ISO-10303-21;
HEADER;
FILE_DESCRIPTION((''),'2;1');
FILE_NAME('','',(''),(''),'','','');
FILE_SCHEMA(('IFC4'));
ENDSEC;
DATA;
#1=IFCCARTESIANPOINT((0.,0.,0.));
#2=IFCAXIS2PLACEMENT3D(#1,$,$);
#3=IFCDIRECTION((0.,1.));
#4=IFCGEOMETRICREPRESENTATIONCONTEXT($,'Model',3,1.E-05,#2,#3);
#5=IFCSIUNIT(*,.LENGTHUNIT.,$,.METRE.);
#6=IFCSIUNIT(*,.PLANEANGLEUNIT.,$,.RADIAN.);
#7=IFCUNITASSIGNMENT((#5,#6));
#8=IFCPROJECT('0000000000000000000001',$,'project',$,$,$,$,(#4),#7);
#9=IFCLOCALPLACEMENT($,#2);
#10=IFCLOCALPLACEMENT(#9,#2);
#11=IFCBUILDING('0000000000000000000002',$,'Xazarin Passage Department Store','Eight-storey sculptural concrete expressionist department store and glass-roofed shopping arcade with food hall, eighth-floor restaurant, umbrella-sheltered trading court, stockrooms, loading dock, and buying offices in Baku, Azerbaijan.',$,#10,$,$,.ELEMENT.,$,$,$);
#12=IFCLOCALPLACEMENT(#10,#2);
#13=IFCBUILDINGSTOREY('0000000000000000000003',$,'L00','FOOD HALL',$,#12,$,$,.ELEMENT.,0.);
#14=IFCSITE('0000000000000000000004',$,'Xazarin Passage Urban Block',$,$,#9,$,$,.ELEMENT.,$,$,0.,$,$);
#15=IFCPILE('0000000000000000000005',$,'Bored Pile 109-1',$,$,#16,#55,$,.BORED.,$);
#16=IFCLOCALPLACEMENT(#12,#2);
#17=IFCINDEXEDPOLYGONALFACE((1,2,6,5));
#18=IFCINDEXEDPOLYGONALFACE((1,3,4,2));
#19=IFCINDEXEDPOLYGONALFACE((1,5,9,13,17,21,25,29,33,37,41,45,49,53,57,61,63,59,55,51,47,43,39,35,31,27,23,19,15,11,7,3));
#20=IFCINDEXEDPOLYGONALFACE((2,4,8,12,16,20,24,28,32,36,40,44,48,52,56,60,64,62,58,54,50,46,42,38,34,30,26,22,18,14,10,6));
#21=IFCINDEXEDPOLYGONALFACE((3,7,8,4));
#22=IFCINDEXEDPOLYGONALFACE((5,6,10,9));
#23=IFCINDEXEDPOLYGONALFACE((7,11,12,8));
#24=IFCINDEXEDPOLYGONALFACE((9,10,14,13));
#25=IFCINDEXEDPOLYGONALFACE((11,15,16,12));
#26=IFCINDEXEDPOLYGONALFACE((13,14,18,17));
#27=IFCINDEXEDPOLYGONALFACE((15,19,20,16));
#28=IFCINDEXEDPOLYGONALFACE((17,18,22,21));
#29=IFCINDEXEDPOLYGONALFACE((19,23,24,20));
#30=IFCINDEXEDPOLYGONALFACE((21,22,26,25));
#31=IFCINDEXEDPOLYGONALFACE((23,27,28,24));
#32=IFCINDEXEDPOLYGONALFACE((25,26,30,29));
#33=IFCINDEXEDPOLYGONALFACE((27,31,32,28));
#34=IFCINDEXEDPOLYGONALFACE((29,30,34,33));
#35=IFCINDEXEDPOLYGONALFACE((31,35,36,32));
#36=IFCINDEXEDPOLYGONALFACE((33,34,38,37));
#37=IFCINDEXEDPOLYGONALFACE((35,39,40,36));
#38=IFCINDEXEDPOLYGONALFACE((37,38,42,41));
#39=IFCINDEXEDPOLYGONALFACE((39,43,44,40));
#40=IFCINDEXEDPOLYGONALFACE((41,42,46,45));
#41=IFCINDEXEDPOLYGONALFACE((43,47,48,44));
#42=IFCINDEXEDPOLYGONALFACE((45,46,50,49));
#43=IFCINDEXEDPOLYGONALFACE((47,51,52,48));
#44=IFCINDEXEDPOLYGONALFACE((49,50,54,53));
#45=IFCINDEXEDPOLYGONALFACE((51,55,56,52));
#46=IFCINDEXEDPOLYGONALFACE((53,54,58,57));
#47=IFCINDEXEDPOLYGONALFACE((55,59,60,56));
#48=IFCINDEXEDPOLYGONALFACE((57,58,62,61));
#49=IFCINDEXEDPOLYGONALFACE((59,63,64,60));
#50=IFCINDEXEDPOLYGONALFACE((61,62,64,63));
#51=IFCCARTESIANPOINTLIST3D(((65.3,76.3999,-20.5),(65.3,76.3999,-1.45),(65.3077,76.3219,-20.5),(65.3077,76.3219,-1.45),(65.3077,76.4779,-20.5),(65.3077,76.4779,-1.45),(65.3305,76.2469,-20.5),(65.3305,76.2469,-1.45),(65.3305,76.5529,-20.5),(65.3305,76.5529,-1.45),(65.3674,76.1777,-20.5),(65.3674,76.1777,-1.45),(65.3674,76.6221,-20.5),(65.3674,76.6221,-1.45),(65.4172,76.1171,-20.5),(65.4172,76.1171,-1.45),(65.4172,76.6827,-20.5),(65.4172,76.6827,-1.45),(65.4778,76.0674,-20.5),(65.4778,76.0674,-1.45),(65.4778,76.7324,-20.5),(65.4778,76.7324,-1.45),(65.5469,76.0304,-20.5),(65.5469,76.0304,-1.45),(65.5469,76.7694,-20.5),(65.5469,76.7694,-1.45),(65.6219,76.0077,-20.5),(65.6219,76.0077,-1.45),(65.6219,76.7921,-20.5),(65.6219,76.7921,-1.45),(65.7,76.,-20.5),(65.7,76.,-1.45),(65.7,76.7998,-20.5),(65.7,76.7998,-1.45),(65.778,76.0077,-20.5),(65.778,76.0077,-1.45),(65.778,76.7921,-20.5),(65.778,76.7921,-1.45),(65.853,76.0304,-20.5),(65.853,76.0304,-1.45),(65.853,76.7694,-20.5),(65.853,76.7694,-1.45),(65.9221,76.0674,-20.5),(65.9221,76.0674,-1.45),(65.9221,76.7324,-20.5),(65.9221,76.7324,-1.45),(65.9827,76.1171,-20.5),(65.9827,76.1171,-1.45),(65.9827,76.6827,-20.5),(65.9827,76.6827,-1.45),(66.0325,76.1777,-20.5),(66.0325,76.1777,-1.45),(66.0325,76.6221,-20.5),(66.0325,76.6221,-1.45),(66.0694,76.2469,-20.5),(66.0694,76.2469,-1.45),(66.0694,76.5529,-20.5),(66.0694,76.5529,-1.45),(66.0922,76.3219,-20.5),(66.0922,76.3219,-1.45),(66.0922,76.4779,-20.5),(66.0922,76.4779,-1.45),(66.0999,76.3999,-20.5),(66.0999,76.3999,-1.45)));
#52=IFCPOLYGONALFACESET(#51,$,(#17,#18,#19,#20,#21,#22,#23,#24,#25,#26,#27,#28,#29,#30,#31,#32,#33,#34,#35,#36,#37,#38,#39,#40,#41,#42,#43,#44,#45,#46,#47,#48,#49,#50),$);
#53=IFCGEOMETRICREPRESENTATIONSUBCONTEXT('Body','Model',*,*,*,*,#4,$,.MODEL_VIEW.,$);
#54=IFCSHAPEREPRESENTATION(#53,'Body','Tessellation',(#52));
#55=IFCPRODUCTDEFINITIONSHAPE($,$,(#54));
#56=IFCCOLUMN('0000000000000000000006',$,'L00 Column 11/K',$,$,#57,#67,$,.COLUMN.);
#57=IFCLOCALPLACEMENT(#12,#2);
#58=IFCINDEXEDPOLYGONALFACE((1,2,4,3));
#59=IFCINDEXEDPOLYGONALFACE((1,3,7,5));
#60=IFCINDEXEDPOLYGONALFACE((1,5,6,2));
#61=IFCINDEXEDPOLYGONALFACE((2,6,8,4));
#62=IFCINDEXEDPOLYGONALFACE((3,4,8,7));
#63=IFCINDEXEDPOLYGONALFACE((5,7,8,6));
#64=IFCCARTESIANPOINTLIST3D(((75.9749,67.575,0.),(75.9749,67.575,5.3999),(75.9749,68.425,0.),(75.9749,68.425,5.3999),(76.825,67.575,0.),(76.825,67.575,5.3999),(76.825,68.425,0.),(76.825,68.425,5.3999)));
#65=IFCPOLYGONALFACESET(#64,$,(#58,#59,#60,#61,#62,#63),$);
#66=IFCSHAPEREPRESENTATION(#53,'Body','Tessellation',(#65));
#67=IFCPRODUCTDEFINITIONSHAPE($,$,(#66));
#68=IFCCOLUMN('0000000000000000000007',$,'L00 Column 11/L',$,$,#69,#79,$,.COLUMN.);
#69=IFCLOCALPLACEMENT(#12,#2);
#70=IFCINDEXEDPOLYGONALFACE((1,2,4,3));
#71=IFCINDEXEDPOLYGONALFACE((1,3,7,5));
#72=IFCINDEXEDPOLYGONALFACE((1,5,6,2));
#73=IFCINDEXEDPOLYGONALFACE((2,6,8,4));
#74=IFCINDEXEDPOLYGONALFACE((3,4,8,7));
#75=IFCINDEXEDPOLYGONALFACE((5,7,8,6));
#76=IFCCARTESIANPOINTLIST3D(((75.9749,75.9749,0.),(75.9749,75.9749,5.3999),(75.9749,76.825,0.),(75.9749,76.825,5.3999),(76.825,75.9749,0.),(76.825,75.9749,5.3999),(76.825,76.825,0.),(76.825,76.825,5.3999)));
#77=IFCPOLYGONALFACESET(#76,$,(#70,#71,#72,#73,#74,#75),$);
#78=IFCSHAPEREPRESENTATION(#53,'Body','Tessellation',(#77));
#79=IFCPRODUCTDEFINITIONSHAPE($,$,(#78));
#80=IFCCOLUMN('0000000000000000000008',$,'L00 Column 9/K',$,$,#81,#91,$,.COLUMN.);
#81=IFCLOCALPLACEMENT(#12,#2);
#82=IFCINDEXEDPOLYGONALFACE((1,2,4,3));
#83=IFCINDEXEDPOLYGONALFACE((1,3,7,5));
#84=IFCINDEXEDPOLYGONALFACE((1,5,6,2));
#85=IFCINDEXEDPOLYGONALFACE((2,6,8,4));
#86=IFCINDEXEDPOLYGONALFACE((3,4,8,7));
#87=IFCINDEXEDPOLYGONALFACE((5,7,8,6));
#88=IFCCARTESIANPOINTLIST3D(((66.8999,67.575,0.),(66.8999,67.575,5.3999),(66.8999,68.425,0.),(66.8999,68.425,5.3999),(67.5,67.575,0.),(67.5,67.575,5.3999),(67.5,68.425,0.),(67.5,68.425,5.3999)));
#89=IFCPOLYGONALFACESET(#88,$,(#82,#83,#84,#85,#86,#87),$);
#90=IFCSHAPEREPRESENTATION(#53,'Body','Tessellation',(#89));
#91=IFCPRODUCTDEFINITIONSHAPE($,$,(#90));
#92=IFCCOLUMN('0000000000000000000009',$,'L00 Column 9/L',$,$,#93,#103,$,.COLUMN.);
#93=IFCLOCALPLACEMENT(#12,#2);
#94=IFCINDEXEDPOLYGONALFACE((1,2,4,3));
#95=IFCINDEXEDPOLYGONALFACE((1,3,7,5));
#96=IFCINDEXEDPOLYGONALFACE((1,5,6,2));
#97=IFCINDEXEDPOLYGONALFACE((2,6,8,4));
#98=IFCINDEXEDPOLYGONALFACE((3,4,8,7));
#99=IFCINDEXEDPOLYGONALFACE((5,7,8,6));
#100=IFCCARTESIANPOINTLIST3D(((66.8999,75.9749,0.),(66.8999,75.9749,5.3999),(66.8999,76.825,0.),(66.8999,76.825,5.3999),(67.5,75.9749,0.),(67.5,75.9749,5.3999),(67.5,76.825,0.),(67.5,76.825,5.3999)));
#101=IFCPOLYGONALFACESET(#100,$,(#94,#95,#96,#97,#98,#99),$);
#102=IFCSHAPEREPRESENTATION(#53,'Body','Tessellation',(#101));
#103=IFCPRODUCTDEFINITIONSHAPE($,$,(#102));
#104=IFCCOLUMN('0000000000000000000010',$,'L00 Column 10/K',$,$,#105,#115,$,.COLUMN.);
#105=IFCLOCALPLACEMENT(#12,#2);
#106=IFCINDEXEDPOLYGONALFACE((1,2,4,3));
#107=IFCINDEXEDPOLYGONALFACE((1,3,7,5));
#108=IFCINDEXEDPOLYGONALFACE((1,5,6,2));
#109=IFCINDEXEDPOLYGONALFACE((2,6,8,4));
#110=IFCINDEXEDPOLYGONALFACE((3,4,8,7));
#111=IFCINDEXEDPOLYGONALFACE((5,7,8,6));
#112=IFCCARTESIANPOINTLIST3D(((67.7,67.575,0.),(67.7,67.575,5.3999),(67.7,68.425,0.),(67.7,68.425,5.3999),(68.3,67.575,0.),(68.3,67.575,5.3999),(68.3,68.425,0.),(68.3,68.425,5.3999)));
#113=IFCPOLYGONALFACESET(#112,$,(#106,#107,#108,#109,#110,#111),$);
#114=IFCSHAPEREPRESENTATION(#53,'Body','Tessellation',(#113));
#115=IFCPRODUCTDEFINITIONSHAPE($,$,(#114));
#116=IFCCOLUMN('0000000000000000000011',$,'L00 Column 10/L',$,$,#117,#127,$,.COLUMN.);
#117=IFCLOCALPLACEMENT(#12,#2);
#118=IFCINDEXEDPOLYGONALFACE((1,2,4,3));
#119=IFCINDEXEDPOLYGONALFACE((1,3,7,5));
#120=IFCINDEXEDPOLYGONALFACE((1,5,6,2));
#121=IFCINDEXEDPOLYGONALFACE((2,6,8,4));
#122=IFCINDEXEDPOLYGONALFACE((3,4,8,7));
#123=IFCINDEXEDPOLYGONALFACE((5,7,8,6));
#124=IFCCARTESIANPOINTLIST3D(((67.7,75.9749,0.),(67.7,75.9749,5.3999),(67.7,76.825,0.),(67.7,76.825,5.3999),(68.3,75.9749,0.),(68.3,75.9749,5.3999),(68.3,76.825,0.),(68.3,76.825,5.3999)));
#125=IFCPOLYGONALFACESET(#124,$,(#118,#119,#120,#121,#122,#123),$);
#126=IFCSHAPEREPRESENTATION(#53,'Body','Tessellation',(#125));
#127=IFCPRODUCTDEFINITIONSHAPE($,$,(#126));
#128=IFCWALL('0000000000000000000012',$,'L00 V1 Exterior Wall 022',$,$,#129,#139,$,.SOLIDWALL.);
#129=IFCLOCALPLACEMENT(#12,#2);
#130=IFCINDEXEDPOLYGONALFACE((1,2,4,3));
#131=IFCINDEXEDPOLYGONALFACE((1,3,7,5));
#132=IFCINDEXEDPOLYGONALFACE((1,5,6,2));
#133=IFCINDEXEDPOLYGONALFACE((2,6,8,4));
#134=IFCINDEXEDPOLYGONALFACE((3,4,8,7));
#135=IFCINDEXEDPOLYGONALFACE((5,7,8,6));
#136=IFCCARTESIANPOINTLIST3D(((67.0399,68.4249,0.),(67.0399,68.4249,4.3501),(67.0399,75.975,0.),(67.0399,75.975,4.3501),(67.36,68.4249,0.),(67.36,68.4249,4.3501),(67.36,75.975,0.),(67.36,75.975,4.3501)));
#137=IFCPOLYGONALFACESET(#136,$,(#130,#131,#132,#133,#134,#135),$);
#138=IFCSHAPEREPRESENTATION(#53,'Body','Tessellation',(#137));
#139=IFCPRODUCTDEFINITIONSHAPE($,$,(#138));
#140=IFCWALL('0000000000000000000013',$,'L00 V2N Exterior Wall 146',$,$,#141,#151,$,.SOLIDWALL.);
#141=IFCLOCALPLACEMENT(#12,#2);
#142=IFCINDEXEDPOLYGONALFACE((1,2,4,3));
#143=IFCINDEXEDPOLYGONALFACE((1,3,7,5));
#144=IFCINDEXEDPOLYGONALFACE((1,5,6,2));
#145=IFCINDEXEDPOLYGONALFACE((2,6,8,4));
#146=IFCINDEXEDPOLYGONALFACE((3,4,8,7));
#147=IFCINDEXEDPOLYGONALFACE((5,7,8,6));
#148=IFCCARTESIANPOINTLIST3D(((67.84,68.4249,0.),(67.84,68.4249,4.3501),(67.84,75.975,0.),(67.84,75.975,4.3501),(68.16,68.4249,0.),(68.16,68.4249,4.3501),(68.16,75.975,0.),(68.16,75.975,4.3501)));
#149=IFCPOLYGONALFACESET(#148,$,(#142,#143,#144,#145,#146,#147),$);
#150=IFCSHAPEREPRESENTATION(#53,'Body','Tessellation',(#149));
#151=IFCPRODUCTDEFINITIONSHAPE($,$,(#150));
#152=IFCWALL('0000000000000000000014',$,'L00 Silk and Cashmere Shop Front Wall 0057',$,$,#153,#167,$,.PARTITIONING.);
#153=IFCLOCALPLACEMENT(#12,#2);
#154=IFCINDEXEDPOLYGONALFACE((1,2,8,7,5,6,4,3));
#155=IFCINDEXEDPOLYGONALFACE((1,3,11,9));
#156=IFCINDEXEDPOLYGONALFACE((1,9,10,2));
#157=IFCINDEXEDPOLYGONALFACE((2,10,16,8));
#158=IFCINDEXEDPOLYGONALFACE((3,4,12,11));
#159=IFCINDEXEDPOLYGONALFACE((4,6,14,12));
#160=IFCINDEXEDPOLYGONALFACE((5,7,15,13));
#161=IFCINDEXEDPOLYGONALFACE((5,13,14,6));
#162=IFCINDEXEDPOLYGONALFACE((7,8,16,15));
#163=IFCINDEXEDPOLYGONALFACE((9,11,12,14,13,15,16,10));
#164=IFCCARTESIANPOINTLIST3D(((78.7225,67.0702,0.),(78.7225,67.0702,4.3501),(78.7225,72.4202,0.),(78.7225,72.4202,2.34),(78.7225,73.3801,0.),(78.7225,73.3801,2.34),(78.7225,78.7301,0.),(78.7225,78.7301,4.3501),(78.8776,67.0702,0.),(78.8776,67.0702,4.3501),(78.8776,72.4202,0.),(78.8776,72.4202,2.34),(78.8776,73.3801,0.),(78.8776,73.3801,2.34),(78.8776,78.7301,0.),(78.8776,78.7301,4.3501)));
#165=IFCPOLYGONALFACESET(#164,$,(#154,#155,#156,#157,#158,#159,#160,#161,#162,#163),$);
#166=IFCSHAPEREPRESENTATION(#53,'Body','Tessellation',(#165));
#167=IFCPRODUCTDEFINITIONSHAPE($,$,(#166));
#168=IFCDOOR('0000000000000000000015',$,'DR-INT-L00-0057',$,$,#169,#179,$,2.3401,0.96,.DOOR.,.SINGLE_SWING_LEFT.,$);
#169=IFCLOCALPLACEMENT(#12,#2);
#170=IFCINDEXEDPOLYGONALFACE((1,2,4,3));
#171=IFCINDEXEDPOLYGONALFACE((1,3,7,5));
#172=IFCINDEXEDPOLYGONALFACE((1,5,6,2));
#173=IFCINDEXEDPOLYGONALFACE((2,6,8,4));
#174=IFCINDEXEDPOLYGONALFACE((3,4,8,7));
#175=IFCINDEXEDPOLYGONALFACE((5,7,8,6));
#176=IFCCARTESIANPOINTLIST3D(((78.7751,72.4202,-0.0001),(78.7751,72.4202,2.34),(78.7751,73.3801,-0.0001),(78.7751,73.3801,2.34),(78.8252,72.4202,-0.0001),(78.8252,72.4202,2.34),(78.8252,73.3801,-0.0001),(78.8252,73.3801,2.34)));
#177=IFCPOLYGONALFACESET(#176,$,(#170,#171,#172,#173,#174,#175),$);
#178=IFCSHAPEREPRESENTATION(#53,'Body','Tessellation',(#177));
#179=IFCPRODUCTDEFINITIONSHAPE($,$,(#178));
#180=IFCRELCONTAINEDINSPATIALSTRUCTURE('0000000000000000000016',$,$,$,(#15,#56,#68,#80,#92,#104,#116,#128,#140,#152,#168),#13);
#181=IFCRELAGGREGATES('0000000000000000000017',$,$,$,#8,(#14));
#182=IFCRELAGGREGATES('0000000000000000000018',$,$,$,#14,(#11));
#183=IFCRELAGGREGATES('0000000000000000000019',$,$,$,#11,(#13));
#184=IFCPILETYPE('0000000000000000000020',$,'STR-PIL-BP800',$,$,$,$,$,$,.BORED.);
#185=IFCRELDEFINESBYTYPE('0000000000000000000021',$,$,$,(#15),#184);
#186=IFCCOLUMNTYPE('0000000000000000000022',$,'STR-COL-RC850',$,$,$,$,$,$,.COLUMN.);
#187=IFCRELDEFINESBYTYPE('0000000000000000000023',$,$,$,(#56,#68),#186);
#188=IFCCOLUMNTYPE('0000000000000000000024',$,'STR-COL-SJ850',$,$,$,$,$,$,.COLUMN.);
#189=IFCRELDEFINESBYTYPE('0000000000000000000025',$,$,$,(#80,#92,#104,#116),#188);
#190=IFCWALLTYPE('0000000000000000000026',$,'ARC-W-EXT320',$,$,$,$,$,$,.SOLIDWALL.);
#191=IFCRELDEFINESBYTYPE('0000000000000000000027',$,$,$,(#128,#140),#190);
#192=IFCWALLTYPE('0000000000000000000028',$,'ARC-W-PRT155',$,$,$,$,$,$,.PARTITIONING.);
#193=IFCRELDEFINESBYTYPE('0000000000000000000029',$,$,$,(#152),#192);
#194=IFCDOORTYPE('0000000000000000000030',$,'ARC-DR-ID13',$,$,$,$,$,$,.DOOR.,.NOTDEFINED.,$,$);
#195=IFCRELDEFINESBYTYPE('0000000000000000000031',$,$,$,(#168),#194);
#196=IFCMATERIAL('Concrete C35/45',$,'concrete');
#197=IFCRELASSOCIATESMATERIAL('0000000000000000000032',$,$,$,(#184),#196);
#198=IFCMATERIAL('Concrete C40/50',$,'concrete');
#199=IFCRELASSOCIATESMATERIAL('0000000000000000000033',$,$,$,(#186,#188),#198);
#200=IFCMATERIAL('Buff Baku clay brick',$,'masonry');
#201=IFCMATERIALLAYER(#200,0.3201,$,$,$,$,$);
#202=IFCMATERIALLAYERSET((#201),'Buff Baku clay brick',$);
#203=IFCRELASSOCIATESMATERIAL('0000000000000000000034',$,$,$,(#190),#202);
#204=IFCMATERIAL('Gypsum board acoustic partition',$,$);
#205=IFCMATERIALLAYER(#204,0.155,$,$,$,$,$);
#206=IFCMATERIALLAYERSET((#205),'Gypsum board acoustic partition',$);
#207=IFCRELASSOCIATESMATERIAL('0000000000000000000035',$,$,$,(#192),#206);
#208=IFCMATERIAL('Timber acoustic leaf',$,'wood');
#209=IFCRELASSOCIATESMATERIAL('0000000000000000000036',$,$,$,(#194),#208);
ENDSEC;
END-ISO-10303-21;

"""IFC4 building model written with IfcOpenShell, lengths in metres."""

from ifc_helpers import new_model, si_unit, direction, frame, frame_2d, origin, origin_2d, place, context, subcontext, project, spatial, rectangle, circle, extrude, material, layer, layer_set, material_profile, profile_set, type_object, element, fill, save


model = new_model("IFC4")

# Units and contexts
model_context = context("Model", 3, precision=1e-05, world=origin(), true_north=direction((0.0, 1.0)))
body_context = subcontext(model_context, "Body", "Model", "MODEL_VIEW")
ifc_project = project(units=[si_unit("LENGTHUNIT", "METRE"), si_unit("PLANEANGLEUNIT", "RADIAN")], contexts=[model_context])

# Site, building, storey
site_placement = place(None, origin())
site = spatial("IfcSite", under=ifc_project, at=site_placement, Name="Xazarin Passage Urban Block", CompositionType="ELEMENT", RefElevation=0.0)
building_placement = place(site_placement, origin())
building = spatial("IfcBuilding", under=site, at=building_placement, Name="Xazarin Passage Department Store", Description="Eight-storey sculptural concrete expressionist department store and glass-roofed shopping arcade with food hall, eighth-floor restaurant, umbrella-sheltered trading court, stockrooms, loading dock, and buying offices in Baku, Azerbaijan.", CompositionType="ELEMENT")
storey_placement = place(building_placement, origin())
storey = spatial("IfcBuildingStorey", under=building, at=storey_placement, Name="L00", Description="FOOD HALL", CompositionType="ELEMENT", Elevation=0.0)

# Shared definitions
ifc_material_1 = material(Name="Concrete C35/45", Category="concrete")

# Pile
ifc_material_profile_1 = material_profile(ifc_material_1, circle(Radius=0.3999, at=origin_2d()), Name="BP 800")
ifc_profile_set_1 = profile_set([ifc_material_profile_1], Name="Concrete C35/45")
pile_type_1 = type_object("IfcPileType", Name="STR-PIL-BP800", PredefinedType="BORED", material=ifc_profile_set_1)
pile_1_placement = place(storey_placement, frame((65.7, 76.3999, -1.45), z_axis=(0.0, 0.0, -1.0), x_axis=(1.0, 0.0, 0.0)))
element("IfcPile", 1, at=pile_1_placement, inside=storey, type_object=pile_type_1, Name="Bored Pile 109-1", PredefinedType="BORED", context=body_context, shape_type="SweptSolid", body=[
    extrude(circle(Radius=0.3999, at=origin_2d()), origin(), (0.0, 0.0, 1.0), 19.05),
])

# Columns
ifc_material_2 = material(Name="Concrete C40/50", Category="concrete")
ifc_material_profile_2 = material_profile(ifc_material_2, rectangle(XDim=0.8501, YDim=0.8501, at=origin_2d()), Name="RC 850x850")
ifc_profile_set_2 = profile_set([ifc_material_profile_2], Name="Concrete C40/50")
column_type_1 = type_object("IfcColumnType", Name="STR-COL-RC850", PredefinedType="COLUMN", material=ifc_profile_set_2)
for number, where, z_axis, x_axis, name in (
    (2, (76.3999, 68.0, 0.0), (0.0, 0.0, 1.0), (1.0, 0.0, 0.0), "L00 Column 11/K"),
    (3, (76.3999, 76.3999, 0.0), (0.0, 0.0, 1.0), (1.0, 0.0, 0.0), "L00 Column 11/L"),
):
    element("IfcColumn", number, at=place(storey_placement, frame(where, z_axis=z_axis, x_axis=x_axis)), inside=storey, type_object=column_type_1, Name=name, PredefinedType="COLUMN", context=body_context, shape_type="SweptSolid", body=[
        extrude(rectangle(XDim=0.8501, YDim=0.8501, at=origin_2d()), origin(), (0.0, 0.0, 1.0), 5.3999),
    ])
ifc_material_profile_3 = material_profile(ifc_material_2, rectangle(XDim=0.6001, YDim=0.8501, at=origin_2d()), Name="RC 600x850")
ifc_profile_set_3 = profile_set([ifc_material_profile_3], Name="Concrete C40/50")
column_type_2 = type_object("IfcColumnType", Name="STR-COL-SJ850", PredefinedType="COLUMN", material=ifc_profile_set_3)
for number, where, z_axis, x_axis, name in (
    (4, (67.2, 68.0, 0.0), (0.0, 0.0, 1.0), (1.0, 0.0, 0.0), "L00 Column 9/K"),
    (5, (67.2, 76.3999, 0.0), (0.0, 0.0, 1.0), (1.0, 0.0, 0.0), "L00 Column 9/L"),
    (6, (68.0, 68.0, 0.0), (0.0, 0.0, 1.0), (1.0, 0.0, 0.0), "L00 Column 10/K"),
    (7, (68.0, 76.3999, 0.0), (0.0, 0.0, 1.0), (1.0, 0.0, 0.0), "L00 Column 10/L"),
):
    element("IfcColumn", number, at=place(storey_placement, frame(where, z_axis=z_axis, x_axis=x_axis)), inside=storey, type_object=column_type_2, Name=name, PredefinedType="COLUMN", context=body_context, shape_type="SweptSolid", body=[
        extrude(rectangle(XDim=0.6001, YDim=0.8501, at=origin_2d()), origin(), (0.0, 0.0, 1.0), 5.3999),
    ])

# Walls
ifc_material_3 = material(Name="Buff Baku clay brick", Category="masonry")
ifc_layer_1 = layer(ifc_material_3, 0.3201)
ifc_layer_set_1 = layer_set([ifc_layer_1], Name="Buff Baku clay brick")
wall_type_1 = type_object("IfcWallType", Name="ARC-W-EXT320", PredefinedType="SOLIDWALL", material=ifc_layer_set_1)
for number, where, z_axis, x_axis, name in (
    (8, (67.2, 68.425, 0.0), (0.0, 0.0, 1.0), (0.0, 1.0, 0.0), "L00 V1 Exterior Wall 022"),
    (9, (68.0, 68.425, 0.0), (0.0, 0.0, 1.0), (0.0, 1.0, 0.0), "L00 V2N Exterior Wall 146"),
):
    element("IfcWall", number, at=place(storey_placement, frame(where, z_axis=z_axis, x_axis=x_axis)), inside=storey, type_object=wall_type_1, Name=name, PredefinedType="SOLIDWALL", context=body_context, shape_type="SweptSolid", body=[
        extrude(rectangle(XDim=7.55, YDim=0.3201, at=frame_2d((3.7749, 0.0))), origin(), (0.0, 0.0, 1.0), 4.3501),
    ])

# Wall, opening, door
ifc_material_4 = material(Name="Gypsum board acoustic partition")
ifc_layer_2 = layer(ifc_material_4, 0.155)
ifc_layer_set_2 = layer_set([ifc_layer_2], Name="Gypsum board acoustic partition")
wall_type_2 = type_object("IfcWallType", Name="ARC-W-PRT155", PredefinedType="PARTITIONING", material=ifc_layer_set_2)
wall_placement = place(storey_placement, frame((78.8, 67.0701, 0.0), z_axis=(0.0, 0.0, 1.0), x_axis=(0.0, 1.0, 0.0)))
wall = element("IfcWall", 10, at=wall_placement, inside=storey, type_object=wall_type_2, Name="L00 Silk and Cashmere Shop Front Wall 0057", PredefinedType="PARTITIONING", context=body_context, shape_type="SweptSolid", body=[
    extrude(rectangle(XDim=11.6599, YDim=0.155, at=frame_2d((5.8301, 0.0))), origin(), (0.0, 0.0, 1.0), 4.3501),
])
opening_placement = place(wall_placement, frame((5.3501, 0.0, 0.0)))
opening = element("IfcOpeningElement", 11, at=opening_placement, cuts=wall, PredefinedType="OPENING", context=body_context, shape_type="SweptSolid", body=[
    extrude(rectangle(XDim=0.96, YDim=2.3401, at=frame_2d((0.48, 1.1699))), frame((0.0, 0.0874, 0.0), z_axis=(0.0, -1.0, 0.0), x_axis=(1.0, 0.0, 0.0)), (0.0, 0.0, 1.0), 0.175),
])
ifc_material_5 = material(Name="Timber acoustic leaf", Category="wood")
door_type = type_object("IfcDoorType", Name="ARC-DR-ID13", OperationType="NOTDEFINED", PredefinedType="DOOR", material=ifc_material_5)
door_placement = place(opening_placement, origin())
door = element("IfcDoor", 12, at=door_placement, inside=storey, type_object=door_type, Name="DR-INT-L00-0057", OperationType="SINGLE_SWING_LEFT", OverallHeight=2.3401, OverallWidth=0.96, PredefinedType="DOOR", context=body_context, shape_type="SweptSolid", body=[
    extrude(rectangle(XDim=0.96, YDim=2.3401, at=frame_2d((0.48, 1.1699))), frame((0.0, 0.0249, 0.0), z_axis=(0.0, -1.0, 0.0), x_axis=(1.0, 0.0, 0.0)), (0.0, 0.0, 1.0), 0.05),
])
fill(opening, door)

save(model, "model.ifc")
